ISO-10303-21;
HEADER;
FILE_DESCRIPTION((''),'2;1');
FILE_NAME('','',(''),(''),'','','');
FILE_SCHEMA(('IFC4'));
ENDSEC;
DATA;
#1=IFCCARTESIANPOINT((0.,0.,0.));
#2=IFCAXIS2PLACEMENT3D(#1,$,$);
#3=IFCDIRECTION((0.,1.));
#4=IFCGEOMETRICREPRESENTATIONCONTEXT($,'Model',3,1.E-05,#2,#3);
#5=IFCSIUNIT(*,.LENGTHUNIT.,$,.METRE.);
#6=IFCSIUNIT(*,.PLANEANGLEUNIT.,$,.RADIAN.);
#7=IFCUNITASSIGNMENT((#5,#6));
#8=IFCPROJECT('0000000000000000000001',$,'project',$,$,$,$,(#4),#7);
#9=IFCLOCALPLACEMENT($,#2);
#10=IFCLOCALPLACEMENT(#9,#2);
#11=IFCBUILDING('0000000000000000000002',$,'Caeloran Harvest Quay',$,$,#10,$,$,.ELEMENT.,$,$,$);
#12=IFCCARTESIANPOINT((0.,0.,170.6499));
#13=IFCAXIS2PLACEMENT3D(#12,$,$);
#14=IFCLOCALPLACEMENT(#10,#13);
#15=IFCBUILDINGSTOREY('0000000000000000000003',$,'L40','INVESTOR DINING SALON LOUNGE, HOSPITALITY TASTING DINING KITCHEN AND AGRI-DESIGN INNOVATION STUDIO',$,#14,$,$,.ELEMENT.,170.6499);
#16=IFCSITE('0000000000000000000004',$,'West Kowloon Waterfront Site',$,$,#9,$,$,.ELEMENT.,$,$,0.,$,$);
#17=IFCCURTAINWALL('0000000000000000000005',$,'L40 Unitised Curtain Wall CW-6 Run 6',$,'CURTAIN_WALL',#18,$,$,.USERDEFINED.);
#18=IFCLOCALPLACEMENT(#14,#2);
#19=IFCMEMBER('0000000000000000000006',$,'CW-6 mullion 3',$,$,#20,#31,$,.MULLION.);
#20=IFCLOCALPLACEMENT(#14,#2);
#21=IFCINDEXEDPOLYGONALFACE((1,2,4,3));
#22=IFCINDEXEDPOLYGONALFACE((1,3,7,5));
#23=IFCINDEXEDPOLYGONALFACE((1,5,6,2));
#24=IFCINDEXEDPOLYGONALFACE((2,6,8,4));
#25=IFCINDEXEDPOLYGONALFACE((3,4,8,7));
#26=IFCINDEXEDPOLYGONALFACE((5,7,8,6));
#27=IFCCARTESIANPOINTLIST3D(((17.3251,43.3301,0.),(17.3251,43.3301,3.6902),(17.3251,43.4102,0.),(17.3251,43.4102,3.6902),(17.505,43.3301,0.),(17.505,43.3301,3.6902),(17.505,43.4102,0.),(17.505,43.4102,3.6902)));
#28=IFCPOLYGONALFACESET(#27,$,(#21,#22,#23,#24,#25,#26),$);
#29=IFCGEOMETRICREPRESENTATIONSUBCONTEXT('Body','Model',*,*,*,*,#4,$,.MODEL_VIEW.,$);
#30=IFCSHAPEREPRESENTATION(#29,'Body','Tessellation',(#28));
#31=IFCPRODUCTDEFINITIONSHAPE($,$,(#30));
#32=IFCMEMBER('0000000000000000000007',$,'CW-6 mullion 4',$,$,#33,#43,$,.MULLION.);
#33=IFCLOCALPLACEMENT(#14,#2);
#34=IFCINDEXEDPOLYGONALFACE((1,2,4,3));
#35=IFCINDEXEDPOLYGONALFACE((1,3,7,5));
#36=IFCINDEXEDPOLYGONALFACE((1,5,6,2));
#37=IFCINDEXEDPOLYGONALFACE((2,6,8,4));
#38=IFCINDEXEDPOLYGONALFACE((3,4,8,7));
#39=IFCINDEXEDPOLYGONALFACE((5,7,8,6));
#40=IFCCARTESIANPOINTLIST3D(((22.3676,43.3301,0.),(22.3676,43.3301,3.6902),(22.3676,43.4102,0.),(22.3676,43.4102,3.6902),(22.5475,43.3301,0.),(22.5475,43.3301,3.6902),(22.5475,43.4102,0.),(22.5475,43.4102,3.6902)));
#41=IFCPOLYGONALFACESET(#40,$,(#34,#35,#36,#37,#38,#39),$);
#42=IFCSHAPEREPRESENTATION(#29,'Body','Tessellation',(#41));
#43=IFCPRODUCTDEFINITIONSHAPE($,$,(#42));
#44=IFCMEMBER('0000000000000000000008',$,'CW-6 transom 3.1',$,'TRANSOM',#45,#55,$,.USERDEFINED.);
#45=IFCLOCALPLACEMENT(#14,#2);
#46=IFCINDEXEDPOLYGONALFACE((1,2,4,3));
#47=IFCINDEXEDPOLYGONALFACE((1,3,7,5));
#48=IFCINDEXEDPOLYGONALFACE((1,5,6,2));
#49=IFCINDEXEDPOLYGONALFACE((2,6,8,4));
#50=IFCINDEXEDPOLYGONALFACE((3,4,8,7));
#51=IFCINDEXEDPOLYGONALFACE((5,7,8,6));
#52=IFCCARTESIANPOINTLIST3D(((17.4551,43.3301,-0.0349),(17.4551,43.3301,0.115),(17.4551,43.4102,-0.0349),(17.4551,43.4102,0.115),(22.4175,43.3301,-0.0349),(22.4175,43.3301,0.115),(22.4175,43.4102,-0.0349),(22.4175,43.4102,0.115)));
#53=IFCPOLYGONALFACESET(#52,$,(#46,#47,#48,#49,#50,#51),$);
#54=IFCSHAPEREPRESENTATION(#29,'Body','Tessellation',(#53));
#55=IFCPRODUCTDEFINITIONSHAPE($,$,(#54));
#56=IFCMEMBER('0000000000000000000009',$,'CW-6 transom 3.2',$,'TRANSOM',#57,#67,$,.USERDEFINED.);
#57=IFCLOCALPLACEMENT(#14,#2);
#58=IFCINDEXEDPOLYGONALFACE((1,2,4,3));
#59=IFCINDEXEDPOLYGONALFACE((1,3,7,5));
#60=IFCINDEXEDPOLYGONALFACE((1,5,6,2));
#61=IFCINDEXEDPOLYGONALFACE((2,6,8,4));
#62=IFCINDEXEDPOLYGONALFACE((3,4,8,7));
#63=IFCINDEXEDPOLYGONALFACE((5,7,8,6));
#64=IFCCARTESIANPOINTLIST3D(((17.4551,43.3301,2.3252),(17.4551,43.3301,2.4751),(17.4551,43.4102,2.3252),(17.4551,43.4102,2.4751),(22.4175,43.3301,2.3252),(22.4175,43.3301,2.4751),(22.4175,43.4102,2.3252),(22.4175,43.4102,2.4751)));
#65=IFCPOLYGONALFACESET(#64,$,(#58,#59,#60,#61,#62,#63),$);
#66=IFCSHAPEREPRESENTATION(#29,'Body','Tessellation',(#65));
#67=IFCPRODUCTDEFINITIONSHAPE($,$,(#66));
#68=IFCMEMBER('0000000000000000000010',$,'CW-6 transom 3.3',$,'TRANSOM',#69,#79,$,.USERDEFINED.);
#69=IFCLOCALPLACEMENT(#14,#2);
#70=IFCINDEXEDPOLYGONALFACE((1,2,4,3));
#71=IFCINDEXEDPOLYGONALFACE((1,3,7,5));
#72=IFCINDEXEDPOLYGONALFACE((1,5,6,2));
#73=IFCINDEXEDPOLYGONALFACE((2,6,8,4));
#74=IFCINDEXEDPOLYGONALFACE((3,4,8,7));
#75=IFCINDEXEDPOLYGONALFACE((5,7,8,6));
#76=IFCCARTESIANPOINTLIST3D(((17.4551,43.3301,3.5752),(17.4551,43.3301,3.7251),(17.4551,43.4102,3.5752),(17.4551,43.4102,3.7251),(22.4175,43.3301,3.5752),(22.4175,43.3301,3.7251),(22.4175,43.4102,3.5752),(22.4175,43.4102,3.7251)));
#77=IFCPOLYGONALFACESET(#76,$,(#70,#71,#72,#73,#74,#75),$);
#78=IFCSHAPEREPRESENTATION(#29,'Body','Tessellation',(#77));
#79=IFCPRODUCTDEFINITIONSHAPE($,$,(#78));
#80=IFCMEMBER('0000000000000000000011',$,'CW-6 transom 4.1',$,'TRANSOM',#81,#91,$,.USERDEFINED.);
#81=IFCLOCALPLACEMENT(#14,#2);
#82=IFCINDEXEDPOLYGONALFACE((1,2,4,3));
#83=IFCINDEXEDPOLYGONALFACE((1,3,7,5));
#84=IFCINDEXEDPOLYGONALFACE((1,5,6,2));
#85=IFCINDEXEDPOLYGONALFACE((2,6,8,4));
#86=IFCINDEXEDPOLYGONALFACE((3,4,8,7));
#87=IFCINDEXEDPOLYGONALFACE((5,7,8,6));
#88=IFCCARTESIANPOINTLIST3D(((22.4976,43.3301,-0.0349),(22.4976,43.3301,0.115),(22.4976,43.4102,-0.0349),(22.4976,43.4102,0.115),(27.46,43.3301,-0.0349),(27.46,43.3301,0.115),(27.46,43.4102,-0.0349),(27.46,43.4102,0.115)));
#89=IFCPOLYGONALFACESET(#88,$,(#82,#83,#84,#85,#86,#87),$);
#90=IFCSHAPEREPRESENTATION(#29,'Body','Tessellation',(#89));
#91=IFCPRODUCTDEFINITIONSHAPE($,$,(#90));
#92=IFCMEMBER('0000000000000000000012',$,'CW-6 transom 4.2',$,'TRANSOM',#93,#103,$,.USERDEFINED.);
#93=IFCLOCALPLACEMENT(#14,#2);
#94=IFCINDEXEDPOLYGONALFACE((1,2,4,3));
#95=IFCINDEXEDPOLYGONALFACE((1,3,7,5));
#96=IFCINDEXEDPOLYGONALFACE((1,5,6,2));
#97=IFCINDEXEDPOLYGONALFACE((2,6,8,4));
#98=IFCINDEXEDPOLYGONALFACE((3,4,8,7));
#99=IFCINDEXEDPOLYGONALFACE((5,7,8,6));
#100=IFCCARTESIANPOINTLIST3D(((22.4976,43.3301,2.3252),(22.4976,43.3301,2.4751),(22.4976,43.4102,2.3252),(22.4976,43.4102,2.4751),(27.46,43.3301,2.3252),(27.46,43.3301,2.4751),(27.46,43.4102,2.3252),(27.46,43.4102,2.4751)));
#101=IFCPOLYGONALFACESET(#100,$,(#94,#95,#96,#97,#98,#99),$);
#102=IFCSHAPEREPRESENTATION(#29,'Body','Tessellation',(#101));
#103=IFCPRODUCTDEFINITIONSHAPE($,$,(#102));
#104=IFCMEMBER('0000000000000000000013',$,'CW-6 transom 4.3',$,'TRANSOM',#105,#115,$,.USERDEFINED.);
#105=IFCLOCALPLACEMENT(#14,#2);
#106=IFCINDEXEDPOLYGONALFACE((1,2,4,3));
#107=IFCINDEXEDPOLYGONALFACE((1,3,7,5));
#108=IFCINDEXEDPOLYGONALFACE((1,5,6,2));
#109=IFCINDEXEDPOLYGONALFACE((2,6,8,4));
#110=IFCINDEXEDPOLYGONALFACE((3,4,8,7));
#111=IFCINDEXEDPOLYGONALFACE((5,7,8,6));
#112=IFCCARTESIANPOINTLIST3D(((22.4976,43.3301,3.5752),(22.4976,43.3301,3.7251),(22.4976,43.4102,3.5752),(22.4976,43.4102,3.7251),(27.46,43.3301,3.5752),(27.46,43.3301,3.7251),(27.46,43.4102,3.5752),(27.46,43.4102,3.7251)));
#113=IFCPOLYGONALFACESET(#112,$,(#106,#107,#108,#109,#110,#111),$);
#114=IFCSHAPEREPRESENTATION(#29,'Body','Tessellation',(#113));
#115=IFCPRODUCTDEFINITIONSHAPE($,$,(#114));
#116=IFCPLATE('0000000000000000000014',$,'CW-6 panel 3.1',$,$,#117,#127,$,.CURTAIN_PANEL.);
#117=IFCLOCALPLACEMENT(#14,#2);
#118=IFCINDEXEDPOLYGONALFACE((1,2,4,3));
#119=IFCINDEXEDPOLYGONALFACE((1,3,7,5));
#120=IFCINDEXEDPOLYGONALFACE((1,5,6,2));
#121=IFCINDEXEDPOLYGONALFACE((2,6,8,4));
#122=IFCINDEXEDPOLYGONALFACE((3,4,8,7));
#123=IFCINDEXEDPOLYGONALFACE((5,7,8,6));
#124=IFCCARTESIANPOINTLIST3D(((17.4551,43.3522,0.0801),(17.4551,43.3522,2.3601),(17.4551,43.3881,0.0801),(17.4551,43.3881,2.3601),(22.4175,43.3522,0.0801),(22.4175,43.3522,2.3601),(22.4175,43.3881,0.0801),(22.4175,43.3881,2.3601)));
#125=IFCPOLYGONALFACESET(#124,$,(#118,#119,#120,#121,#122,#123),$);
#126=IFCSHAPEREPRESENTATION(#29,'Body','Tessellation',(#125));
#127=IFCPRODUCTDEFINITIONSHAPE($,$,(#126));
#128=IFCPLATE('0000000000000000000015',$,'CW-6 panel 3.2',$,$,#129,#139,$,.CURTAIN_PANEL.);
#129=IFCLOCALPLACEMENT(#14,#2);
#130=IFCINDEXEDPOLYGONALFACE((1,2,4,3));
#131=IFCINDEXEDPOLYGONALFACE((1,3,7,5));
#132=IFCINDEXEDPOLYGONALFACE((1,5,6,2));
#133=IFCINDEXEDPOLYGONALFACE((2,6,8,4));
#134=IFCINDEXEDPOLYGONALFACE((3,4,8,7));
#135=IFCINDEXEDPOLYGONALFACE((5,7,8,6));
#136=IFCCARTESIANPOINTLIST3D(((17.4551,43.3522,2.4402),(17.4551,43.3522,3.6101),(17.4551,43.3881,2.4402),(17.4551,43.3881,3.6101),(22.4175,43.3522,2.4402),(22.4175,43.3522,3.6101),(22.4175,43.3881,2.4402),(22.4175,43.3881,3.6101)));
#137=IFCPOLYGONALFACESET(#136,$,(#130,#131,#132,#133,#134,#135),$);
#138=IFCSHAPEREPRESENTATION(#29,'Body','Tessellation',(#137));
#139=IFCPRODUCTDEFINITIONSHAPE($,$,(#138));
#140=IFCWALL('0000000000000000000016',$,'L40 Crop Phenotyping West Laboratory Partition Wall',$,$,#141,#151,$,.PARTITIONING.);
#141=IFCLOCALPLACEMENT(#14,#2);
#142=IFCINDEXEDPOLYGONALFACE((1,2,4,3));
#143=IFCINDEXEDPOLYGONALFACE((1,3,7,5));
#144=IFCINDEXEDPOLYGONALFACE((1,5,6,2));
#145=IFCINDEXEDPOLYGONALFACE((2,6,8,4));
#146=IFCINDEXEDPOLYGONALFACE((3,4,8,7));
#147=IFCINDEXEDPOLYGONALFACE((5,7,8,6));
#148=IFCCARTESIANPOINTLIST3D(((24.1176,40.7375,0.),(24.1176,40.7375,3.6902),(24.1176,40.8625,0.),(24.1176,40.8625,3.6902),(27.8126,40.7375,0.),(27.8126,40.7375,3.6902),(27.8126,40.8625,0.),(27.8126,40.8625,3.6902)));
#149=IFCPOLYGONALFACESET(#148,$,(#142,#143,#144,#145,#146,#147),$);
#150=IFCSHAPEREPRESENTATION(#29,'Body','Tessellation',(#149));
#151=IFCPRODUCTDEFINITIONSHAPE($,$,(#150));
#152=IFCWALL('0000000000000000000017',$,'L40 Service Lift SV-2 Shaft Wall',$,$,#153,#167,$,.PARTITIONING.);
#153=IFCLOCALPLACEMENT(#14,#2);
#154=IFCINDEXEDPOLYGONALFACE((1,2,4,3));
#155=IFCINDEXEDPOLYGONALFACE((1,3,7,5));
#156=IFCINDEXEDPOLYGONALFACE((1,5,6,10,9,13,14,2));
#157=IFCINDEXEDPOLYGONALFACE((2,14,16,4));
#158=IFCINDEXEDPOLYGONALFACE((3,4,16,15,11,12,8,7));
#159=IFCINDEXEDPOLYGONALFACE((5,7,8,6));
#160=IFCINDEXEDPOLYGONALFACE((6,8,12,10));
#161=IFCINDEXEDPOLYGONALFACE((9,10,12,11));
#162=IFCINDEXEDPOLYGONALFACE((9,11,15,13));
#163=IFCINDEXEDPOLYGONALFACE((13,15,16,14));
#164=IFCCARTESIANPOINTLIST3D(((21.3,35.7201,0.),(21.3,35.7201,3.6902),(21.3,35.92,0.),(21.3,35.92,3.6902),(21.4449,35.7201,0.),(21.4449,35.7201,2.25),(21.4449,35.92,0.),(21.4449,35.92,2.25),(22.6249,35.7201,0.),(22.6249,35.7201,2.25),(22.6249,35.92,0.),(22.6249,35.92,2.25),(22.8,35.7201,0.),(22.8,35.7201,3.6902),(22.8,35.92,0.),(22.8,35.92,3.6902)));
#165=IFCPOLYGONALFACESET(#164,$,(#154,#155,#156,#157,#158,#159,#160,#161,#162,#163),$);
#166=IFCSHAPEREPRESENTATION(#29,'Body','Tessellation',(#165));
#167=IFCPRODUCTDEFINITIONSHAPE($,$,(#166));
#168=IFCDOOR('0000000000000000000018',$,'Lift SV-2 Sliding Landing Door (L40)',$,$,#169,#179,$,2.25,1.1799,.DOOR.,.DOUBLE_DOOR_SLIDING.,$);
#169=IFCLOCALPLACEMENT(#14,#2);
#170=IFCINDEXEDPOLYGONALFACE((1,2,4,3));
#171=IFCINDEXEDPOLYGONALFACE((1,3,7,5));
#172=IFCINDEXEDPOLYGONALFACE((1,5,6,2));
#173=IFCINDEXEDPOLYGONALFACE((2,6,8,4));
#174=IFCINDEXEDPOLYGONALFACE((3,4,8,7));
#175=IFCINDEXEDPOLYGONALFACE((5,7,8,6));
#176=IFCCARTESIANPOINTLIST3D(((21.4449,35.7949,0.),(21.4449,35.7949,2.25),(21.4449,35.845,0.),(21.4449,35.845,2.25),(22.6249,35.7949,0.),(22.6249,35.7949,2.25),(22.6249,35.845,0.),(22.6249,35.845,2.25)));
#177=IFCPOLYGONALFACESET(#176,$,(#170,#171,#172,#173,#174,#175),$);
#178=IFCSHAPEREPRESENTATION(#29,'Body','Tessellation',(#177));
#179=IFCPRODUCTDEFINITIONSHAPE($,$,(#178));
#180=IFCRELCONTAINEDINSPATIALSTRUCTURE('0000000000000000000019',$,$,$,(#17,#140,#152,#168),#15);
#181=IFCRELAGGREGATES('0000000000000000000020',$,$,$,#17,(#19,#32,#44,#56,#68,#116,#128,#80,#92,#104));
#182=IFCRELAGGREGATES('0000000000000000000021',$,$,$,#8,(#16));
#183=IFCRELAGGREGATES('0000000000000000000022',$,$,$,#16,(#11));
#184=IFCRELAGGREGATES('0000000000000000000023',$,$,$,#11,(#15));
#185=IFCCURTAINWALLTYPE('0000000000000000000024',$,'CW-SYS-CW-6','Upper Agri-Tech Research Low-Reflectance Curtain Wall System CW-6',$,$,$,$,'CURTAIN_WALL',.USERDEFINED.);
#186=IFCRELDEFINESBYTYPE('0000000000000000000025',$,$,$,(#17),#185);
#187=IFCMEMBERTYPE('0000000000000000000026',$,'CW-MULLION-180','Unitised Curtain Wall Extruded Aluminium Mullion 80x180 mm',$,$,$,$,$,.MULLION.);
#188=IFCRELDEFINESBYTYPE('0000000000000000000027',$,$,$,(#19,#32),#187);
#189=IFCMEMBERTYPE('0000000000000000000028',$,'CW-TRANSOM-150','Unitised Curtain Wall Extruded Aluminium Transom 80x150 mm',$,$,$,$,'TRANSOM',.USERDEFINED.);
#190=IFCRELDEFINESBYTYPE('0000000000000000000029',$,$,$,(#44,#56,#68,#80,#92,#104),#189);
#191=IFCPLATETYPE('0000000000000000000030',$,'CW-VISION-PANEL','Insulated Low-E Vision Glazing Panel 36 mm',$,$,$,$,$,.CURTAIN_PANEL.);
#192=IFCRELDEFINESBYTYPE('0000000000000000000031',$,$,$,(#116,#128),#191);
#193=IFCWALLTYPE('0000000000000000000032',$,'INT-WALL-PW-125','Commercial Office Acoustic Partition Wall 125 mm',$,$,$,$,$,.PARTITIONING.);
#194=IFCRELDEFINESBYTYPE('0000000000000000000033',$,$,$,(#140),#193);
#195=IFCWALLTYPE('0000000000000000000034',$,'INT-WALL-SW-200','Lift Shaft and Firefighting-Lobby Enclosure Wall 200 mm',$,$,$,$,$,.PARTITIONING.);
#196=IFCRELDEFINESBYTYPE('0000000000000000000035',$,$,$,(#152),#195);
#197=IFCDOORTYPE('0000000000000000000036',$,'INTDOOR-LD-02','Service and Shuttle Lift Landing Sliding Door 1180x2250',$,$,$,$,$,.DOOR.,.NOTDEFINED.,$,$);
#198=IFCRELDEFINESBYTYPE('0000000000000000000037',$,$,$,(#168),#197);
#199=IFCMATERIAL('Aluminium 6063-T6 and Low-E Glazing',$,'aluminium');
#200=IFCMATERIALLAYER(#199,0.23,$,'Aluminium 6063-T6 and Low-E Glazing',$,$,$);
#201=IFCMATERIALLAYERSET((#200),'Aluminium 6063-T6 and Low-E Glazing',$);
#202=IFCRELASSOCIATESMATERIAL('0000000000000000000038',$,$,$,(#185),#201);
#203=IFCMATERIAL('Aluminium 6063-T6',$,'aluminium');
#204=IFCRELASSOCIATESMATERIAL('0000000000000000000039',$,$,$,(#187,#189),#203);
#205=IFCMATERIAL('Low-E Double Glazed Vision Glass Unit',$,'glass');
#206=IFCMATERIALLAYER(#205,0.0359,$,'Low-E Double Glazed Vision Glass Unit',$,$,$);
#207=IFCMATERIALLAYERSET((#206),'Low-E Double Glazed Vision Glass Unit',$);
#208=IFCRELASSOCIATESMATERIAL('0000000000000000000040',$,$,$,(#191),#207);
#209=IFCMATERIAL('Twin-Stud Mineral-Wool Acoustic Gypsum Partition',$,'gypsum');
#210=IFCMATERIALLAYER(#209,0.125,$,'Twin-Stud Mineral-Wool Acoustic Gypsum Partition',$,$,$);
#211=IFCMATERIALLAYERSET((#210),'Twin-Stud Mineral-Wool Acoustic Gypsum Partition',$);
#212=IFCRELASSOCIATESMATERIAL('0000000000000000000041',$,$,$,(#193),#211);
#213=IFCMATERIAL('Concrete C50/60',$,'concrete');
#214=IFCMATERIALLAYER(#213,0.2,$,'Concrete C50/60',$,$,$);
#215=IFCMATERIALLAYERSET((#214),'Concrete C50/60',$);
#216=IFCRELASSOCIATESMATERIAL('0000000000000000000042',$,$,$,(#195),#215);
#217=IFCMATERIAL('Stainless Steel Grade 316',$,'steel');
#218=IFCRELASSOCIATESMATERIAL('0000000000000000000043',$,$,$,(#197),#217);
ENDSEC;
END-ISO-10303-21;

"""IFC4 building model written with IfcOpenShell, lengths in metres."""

from ifc_helpers import new_model, si_unit, direction, frame, frame_2d, origin, origin_2d, place, context, subcontext, project, spatial, rectangle, extrude, material, layer, layer_set, material_profile, profile_set, type_object, element, fill, aggregate, save


model = new_model("IFC4")

# Units and contexts
model_context = context("Model", 3, precision=1e-05, world=origin(), true_north=direction((0.0, 1.0)))
body_context = subcontext(model_context, "Body", "Model", "MODEL_VIEW")
ifc_project = project(units=[si_unit("LENGTHUNIT", "METRE"), si_unit("PLANEANGLEUNIT", "RADIAN")], contexts=[model_context])

# Site, building, storey
site_placement = place(None, origin())
site = spatial("IfcSite", under=ifc_project, at=site_placement, Name="West Kowloon Waterfront Site", CompositionType="ELEMENT", RefElevation=0.0)
building_placement = place(site_placement, origin())
building = spatial("IfcBuilding", under=site, at=building_placement, Name="Caeloran Harvest Quay", CompositionType="ELEMENT")
storey_placement = place(building_placement, frame((0.0, 0.0, 170.6499)))
storey = spatial("IfcBuildingStorey", under=building, at=storey_placement, Name="L40", Description="INVESTOR DINING SALON LOUNGE, HOSPITALITY TASTING DINING KITCHEN AND AGRI-DESIGN INNOVATION STUDIO", CompositionType="ELEMENT", Elevation=170.6499)

# Curtain wall, members, plates
ifc_material_1 = material(Name="Aluminium 6063-T6 and Low-E Glazing", Category="aluminium")
ifc_layer_1 = layer(ifc_material_1, 0.23, Name="Aluminium 6063-T6 and Low-E Glazing")
ifc_layer_set_1 = layer_set([ifc_layer_1], Name="Aluminium 6063-T6 and Low-E Glazing")
curtain_wall_type = type_object("IfcCurtainWallType", Name="CW-SYS-CW-6", Description="Upper Agri-Tech Research Low-Reflectance Curtain Wall System CW-6", ElementType="CURTAIN_WALL", PredefinedType="USERDEFINED", material=ifc_layer_set_1)
curtain_wall_placement = place(storey_placement, origin())
curtain_wall = element("IfcCurtainWall", 1, at=curtain_wall_placement, inside=storey, type_object=curtain_wall_type, Name="L40 Unitised Curtain Wall CW-6 Run 6", ObjectType="CURTAIN_WALL", PredefinedType="USERDEFINED")
ifc_material_2 = material(Name="Aluminium 6063-T6", Category="aluminium")
ifc_material_profile_1 = material_profile(ifc_material_2, rectangle(XDim=0.0801, YDim=0.1799, at=origin_2d()), Name="CW-MULLION-180")
ifc_profile_set_1 = profile_set([ifc_material_profile_1], Name="Aluminium 6063-T6")
member_type_1 = type_object("IfcMemberType", Name="CW-MULLION-180", Description="Unitised Curtain Wall Extruded Aluminium Mullion 80x180 mm", PredefinedType="MULLION", material=ifc_profile_set_1)
member_1_placement = place(storey_placement, frame((17.415, 43.3701, 0.0), z_axis=(0.0, 0.0, 1.0), x_axis=(0.0, 1.0, 0.0)))
member_1 = element("IfcMember", 2, at=member_1_placement, type_object=member_type_1, Name="CW-6 mullion 3", PredefinedType="MULLION", context=body_context, shape_type="SweptSolid", body=[
    extrude(rectangle(XDim=0.0801, YDim=0.1799, at=origin_2d()), origin(), (0.0, 0.0, 1.0), 3.6902),
])
member_2_placement = place(storey_placement, frame((22.4575, 43.3701, 0.0), z_axis=(0.0, 0.0, 1.0), x_axis=(0.0, 1.0, 0.0)))
member_2 = element("IfcMember", 3, at=member_2_placement, type_object=member_type_1, Name="CW-6 mullion 4", PredefinedType="MULLION", context=body_context, shape_type="SweptSolid", body=[
    extrude(rectangle(XDim=0.0801, YDim=0.1799, at=origin_2d()), origin(), (0.0, 0.0, 1.0), 3.6902),
])
ifc_material_profile_2 = material_profile(ifc_material_2, rectangle(XDim=0.0801, YDim=0.1499, at=origin_2d()), Name="CW-TRANSOM-150")
ifc_profile_set_2 = profile_set([ifc_material_profile_2], Name="Aluminium 6063-T6")
member_type_2 = type_object("IfcMemberType", Name="CW-TRANSOM-150", Description="Unitised Curtain Wall Extruded Aluminium Transom 80x150 mm", ElementType="TRANSOM", PredefinedType="USERDEFINED", material=ifc_profile_set_2)
member_3_placement = place(storey_placement, frame((17.4551, 43.3701, 0.04), z_axis=(1.0, 0.0, 0.0), x_axis=(0.0, 1.0, 0.0)))
member_3 = element("IfcMember", 4, at=member_3_placement, type_object=member_type_2, Name="CW-6 transom 3.1", ObjectType="TRANSOM", PredefinedType="USERDEFINED", context=body_context, shape_type="SweptSolid", body=[
    extrude(rectangle(XDim=0.0801, YDim=0.1499, at=origin_2d()), origin(), (0.0, 0.0, 1.0), 4.9624),
])
member_4_placement = place(storey_placement, frame((17.4551, 43.3701, 2.4001), z_axis=(1.0, 0.0, 0.0), x_axis=(0.0, 1.0, 0.0)))
member_4 = element("IfcMember", 5, at=member_4_placement, type_object=member_type_2, Name="CW-6 transom 3.2", ObjectType="TRANSOM", PredefinedType="USERDEFINED", context=body_context, shape_type="SweptSolid", body=[
    extrude(rectangle(XDim=0.0801, YDim=0.1499, at=origin_2d()), origin(), (0.0, 0.0, 1.0), 4.9624),
])
member_5_placement = place(storey_placement, frame((17.4551, 43.3701, 3.6501), z_axis=(1.0, 0.0, 0.0), x_axis=(0.0, 1.0, 0.0)))
member_5 = element("IfcMember", 6, at=member_5_placement, type_object=member_type_2, Name="CW-6 transom 3.3", ObjectType="TRANSOM", PredefinedType="USERDEFINED", context=body_context, shape_type="SweptSolid", body=[
    extrude(rectangle(XDim=0.0801, YDim=0.1499, at=origin_2d()), origin(), (0.0, 0.0, 1.0), 4.9624),
])
member_6_placement = place(storey_placement, frame((22.4976, 43.3701, 0.04), z_axis=(1.0, 0.0, 0.0), x_axis=(0.0, 1.0, 0.0)))
member_6 = element("IfcMember", 7, at=member_6_placement, type_object=member_type_2, Name="CW-6 transom 4.1", ObjectType="TRANSOM", PredefinedType="USERDEFINED", context=body_context, shape_type="SweptSolid", body=[
    extrude(rectangle(XDim=0.0801, YDim=0.1499, at=origin_2d()), origin(), (0.0, 0.0, 1.0), 4.9624),
])
member_7_placement = place(storey_placement, frame((22.4976, 43.3701, 2.4001), z_axis=(1.0, 0.0, 0.0), x_axis=(0.0, 1.0, 0.0)))
member_7 = element("IfcMember", 8, at=member_7_placement, type_object=member_type_2, Name="CW-6 transom 4.2", ObjectType="TRANSOM", PredefinedType="USERDEFINED", context=body_context, shape_type="SweptSolid", body=[
    extrude(rectangle(XDim=0.0801, YDim=0.1499, at=origin_2d()), origin(), (0.0, 0.0, 1.0), 4.9624),
])
member_8_placement = place(storey_placement, frame((22.4976, 43.3701, 3.6501), z_axis=(1.0, 0.0, 0.0), x_axis=(0.0, 1.0, 0.0)))
member_8 = element("IfcMember", 9, at=member_8_placement, type_object=member_type_2, Name="CW-6 transom 4.3", ObjectType="TRANSOM", PredefinedType="USERDEFINED", context=body_context, shape_type="SweptSolid", body=[
    extrude(rectangle(XDim=0.0801, YDim=0.1499, at=origin_2d()), origin(), (0.0, 0.0, 1.0), 4.9624),
])
ifc_material_3 = material(Name="Low-E Double Glazed Vision Glass Unit", Category="glass")
ifc_layer_2 = layer(ifc_material_3, 0.0359, Name="Low-E Double Glazed Vision Glass Unit")
ifc_layer_set_2 = layer_set([ifc_layer_2], Name="Low-E Double Glazed Vision Glass Unit")
plate_type = type_object("IfcPlateType", Name="CW-VISION-PANEL", Description="Insulated Low-E Vision Glazing Panel 36 mm", PredefinedType="CURTAIN_PANEL", material=ifc_layer_set_2)
plate_1_placement = place(storey_placement, frame((19.9363, 43.3701, 0.0801), z_axis=(0.0, 0.0, 1.0), x_axis=(1.0, 0.0, 0.0)))
plate_1 = element("IfcPlate", 10, at=plate_1_placement, type_object=plate_type, Name="CW-6 panel 3.1", PredefinedType="CURTAIN_PANEL", context=body_context, shape_type="SweptSolid", body=[
    extrude(rectangle(XDim=4.9624, YDim=0.0359, at=origin_2d()), origin(), (0.0, 0.0, 1.0), 2.28),
])
plate_2_placement = place(storey_placement, frame((19.9363, 43.3701, 2.4402), z_axis=(0.0, 0.0, 1.0), x_axis=(1.0, 0.0, 0.0)))
plate_2 = element("IfcPlate", 11, at=plate_2_placement, type_object=plate_type, Name="CW-6 panel 3.2", PredefinedType="CURTAIN_PANEL", context=body_context, shape_type="SweptSolid", body=[
    extrude(rectangle(XDim=4.9624, YDim=0.0359, at=origin_2d()), origin(), (0.0, 0.0, 1.0), 1.1699),
])
aggregate(curtain_wall, [member_1, member_2, member_3, member_4, member_5, plate_1, plate_2, member_6, member_7, member_8])

# Wall
ifc_material_4 = material(Name="Twin-Stud Mineral-Wool Acoustic Gypsum Partition", Category="gypsum")
ifc_layer_3 = layer(ifc_material_4, 0.125, Name="Twin-Stud Mineral-Wool Acoustic Gypsum Partition")
ifc_layer_set_3 = layer_set([ifc_layer_3], Name="Twin-Stud Mineral-Wool Acoustic Gypsum Partition")
wall_type_1 = type_object("IfcWallType", Name="INT-WALL-PW-125", Description="Commercial Office Acoustic Partition Wall 125 mm", PredefinedType="PARTITIONING", material=ifc_layer_set_3)
wall_1_placement = place(storey_placement, frame((24.1174, 40.8, 0.0), z_axis=(0.0, 0.0, 1.0), x_axis=(1.0, 0.0, 0.0)))
element("IfcWall", 12, at=wall_1_placement, inside=storey, type_object=wall_type_1, Name="L40 Crop Phenotyping West Laboratory Partition Wall", PredefinedType="PARTITIONING", context=body_context, shape_type="SweptSolid", body=[
    extrude(rectangle(XDim=3.6951, YDim=0.125, at=frame_2d((1.8477, 0.0))), origin(), (0.0, 0.0, 1.0), 3.6902),
])

# Wall, opening, door
ifc_material_5 = material(Name="Concrete C50/60", Category="concrete")
ifc_layer_4 = layer(ifc_material_5, 0.2, Name="Concrete C50/60")
ifc_layer_set_4 = layer_set([ifc_layer_4], Name="Concrete C50/60")
wall_type_2 = type_object("IfcWallType", Name="INT-WALL-SW-200", Description="Lift Shaft and Firefighting-Lobby Enclosure Wall 200 mm", PredefinedType="PARTITIONING", material=ifc_layer_set_4)
wall_2_placement = place(storey_placement, frame((21.3, 35.8201, 0.0), z_axis=(0.0, 0.0, 1.0), x_axis=(1.0, 0.0, 0.0)))
wall_2 = element("IfcWall", 13, at=wall_2_placement, inside=storey, type_object=wall_type_2, Name="L40 Service Lift SV-2 Shaft Wall", PredefinedType="PARTITIONING", context=body_context, shape_type="SweptSolid", body=[
    extrude(rectangle(XDim=1.5, YDim=0.2, at=frame_2d((0.75, 0.0))), origin(), (0.0, 0.0, 1.0), 3.6902),
])
opening_placement = place(wall_2_placement, frame((0.145, 0.0, 0.0)))
opening = element("IfcOpeningElement", 14, at=opening_placement, cuts=wall_2, PredefinedType="OPENING", context=body_context, shape_type="SweptSolid", body=[
    extrude(rectangle(XDim=1.1799, YDim=2.25, at=frame_2d((0.5898, 1.125))), frame((0.0, 0.1099, 0.0), z_axis=(0.0, -1.0, 0.0), x_axis=(1.0, 0.0, 0.0)), (0.0, 0.0, 1.0), 0.22),
])
ifc_material_6 = material(Name="Stainless Steel Grade 316", Category="steel")
door_type = type_object("IfcDoorType", Name="INTDOOR-LD-02", Description="Service and Shuttle Lift Landing Sliding Door 1180x2250", OperationType="NOTDEFINED", PredefinedType="DOOR", material=ifc_material_6)
door_placement = place(opening_placement, origin())
door = element("IfcDoor", 15, at=door_placement, inside=storey, type_object=door_type, Name="Lift SV-2 Sliding Landing Door (L40)", OperationType="DOUBLE_DOOR_SLIDING", OverallHeight=2.25, OverallWidth=1.1799, PredefinedType="DOOR", context=body_context, shape_type="SweptSolid", body=[
    extrude(rectangle(XDim=1.1799, YDim=2.25, at=frame_2d((0.5898, 1.125))), frame((0.0, 0.0249, 0.0), z_axis=(0.0, -1.0, 0.0), x_axis=(1.0, 0.0, 0.0)), (0.0, 0.0, 1.0), 0.05),
])
fill(opening, door)

save(model, "model.ifc")
